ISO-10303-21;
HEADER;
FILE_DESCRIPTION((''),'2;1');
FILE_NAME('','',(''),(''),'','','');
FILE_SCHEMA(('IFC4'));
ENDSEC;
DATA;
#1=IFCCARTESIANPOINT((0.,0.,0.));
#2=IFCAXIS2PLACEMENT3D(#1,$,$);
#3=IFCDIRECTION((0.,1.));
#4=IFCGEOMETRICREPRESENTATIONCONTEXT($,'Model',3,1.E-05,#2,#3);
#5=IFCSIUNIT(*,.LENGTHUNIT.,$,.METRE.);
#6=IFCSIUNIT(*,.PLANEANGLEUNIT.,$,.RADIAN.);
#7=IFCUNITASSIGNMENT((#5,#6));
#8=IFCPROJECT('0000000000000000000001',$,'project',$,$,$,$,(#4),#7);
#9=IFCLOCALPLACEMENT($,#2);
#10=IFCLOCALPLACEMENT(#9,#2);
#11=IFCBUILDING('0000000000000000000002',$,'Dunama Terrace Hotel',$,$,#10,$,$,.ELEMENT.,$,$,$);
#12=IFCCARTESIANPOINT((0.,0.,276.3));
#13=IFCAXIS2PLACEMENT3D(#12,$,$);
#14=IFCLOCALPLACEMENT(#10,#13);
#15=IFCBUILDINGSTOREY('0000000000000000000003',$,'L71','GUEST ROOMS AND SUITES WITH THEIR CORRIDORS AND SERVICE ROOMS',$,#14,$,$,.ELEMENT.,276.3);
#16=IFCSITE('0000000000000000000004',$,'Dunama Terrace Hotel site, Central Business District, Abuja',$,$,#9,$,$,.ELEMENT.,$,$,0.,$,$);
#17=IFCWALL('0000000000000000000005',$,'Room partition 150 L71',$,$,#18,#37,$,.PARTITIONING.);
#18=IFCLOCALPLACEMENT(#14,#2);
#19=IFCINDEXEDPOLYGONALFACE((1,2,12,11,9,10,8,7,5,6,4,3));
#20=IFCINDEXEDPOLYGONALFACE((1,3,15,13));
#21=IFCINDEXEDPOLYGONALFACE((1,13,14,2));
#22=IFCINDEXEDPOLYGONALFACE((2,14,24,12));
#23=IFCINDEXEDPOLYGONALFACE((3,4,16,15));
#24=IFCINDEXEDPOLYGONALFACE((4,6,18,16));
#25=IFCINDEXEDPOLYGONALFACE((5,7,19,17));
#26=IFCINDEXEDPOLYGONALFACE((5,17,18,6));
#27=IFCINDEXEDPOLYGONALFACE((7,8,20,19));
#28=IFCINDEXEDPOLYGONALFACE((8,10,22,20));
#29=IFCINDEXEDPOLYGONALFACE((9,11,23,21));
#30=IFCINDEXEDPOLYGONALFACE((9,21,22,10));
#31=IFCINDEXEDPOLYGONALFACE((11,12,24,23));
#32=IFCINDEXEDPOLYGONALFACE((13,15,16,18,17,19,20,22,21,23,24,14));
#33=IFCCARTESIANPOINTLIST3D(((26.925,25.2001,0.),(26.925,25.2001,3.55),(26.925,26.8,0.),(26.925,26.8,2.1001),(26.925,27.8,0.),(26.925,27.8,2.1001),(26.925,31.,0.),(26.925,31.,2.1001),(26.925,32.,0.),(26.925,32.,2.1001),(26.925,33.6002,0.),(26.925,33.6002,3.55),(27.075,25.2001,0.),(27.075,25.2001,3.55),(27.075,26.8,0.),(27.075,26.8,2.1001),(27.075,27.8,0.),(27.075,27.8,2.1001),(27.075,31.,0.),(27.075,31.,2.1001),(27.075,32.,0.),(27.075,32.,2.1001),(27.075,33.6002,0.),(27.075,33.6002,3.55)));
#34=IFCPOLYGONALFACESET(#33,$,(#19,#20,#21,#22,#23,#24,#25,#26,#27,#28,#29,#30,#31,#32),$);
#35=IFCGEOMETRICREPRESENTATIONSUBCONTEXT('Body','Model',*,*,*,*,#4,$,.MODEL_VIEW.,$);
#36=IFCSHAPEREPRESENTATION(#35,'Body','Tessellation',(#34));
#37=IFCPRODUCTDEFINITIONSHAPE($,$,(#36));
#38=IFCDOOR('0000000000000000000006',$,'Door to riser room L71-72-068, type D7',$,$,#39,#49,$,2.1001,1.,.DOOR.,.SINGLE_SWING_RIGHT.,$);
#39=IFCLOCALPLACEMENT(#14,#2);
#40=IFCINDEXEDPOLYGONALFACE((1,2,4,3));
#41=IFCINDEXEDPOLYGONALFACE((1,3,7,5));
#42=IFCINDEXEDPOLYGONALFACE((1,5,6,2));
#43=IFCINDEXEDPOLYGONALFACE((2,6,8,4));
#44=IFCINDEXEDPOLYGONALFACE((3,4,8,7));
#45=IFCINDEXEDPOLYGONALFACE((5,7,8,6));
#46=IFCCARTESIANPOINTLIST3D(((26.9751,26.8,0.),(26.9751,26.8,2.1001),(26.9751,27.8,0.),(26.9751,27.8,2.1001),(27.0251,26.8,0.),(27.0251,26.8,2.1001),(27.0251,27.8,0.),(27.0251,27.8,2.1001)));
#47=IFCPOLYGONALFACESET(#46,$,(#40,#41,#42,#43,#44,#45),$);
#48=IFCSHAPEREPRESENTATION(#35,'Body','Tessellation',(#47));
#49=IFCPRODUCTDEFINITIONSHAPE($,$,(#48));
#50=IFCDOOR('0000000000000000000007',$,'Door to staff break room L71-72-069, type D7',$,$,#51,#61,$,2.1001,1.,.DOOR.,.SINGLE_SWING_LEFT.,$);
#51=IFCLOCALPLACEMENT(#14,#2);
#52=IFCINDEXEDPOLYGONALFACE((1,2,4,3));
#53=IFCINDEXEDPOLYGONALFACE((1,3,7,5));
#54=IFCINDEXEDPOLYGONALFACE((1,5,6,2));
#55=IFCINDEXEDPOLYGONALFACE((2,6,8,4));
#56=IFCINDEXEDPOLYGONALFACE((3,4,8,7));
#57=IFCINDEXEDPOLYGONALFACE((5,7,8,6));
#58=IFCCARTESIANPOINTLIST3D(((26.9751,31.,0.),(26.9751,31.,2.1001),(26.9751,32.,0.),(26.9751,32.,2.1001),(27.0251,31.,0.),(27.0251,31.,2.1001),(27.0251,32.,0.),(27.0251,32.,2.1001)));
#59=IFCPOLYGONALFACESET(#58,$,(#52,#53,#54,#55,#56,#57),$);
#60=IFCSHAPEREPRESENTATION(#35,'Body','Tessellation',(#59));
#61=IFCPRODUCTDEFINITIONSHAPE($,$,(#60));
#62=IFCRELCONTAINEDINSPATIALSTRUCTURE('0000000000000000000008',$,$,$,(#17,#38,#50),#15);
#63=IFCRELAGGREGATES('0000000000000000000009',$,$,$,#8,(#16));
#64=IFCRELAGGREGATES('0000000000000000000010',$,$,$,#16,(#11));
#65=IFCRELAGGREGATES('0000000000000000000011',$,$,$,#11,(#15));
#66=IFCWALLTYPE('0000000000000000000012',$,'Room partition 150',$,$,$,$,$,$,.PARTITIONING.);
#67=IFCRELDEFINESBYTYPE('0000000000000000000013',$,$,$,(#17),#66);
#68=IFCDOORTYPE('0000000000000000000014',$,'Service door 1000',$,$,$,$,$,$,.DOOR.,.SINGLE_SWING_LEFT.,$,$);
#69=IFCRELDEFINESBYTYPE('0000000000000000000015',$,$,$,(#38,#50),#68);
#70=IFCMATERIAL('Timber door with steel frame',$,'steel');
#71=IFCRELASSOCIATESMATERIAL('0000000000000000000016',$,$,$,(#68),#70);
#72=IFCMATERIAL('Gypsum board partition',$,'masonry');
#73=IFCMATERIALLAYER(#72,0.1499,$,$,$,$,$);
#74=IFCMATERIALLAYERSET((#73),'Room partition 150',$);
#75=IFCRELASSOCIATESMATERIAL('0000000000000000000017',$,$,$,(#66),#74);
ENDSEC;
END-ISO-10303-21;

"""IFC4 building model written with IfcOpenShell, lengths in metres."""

from ifc_helpers import new_model, si_unit, direction, frame, frame_2d, origin, place, context, subcontext, project, spatial, rectangle, extrude, material, layer, layer_set, type_object, element, fill, save


model = new_model("IFC4")

# Units and contexts
model_context = context("Model", 3, precision=1e-05, world=origin(), true_north=direction((0.0, 1.0)))
body_context = subcontext(model_context, "Body", "Model", "MODEL_VIEW")
ifc_project = project(units=[si_unit("LENGTHUNIT", "METRE"), si_unit("PLANEANGLEUNIT", "RADIAN")], contexts=[model_context])

# Site, building, storey
site_placement = place(None, origin())
site = spatial("IfcSite", under=ifc_project, at=site_placement, Name="Dunama Terrace Hotel site, Central Business District, Abuja", CompositionType="ELEMENT", RefElevation=0.0)
building_placement = place(site_placement, origin())
building = spatial("IfcBuilding", under=site, at=building_placement, Name="Dunama Terrace Hotel", CompositionType="ELEMENT")
storey_placement = place(building_placement, frame((0.0, 0.0, 276.3)))
storey = spatial("IfcBuildingStorey", under=building, at=storey_placement, Name="L71", Description="GUEST ROOMS AND SUITES WITH THEIR CORRIDORS AND SERVICE ROOMS", CompositionType="ELEMENT", Elevation=276.3)

# Shared definitions
ifc_material_1 = material(Name="Timber door with steel frame", Category="steel")
door_type_1 = type_object("IfcDoorType", Name="Service door 1000", OperationType="SINGLE_SWING_LEFT", PredefinedType="DOOR", material=ifc_material_1)

# Shared definitions
ifc_material_2 = material(Name="Gypsum board partition", Category="masonry")
ifc_layer_1 = layer(ifc_material_2, 0.1499)
ifc_layer_set_1 = layer_set([ifc_layer_1], Name="Room partition 150")
wall_type_1 = type_object("IfcWallType", Name="Room partition 150", PredefinedType="PARTITIONING", material=ifc_layer_set_1)

# Wall, openings, doors
wall_1_placement = place(storey_placement, frame((27.0, 25.2, 0.0), z_axis=(0.0, 0.0, 1.0), x_axis=(0.0, 1.0, 0.0)))
wall_1 = element("IfcWall", 1, at=wall_1_placement, inside=storey, type_object=wall_type_1, Name="Room partition 150 L71", PredefinedType="PARTITIONING", context=body_context, shape_type="SweptSolid", body=[
    extrude(rectangle(XDim=8.4001, YDim=0.1499, at=frame_2d((4.2002, 0.0))), origin(), (0.0, 0.0, 1.0), 3.55),
])
opening_1_placement = place(wall_1_placement, frame((1.6001, 0.0, 0.0)))
opening_1 = element("IfcOpeningElement", 2, at=opening_1_placement, cuts=wall_1, PredefinedType="OPENING", context=body_context, shape_type="SweptSolid", body=[
    extrude(rectangle(XDim=1.0, YDim=2.1001, at=frame_2d((0.5, 1.05))), frame((0.0, 0.085, 0.0), z_axis=(0.0, -1.0, 0.0), x_axis=(1.0, 0.0, 0.0)), (0.0, 0.0, 1.0), 0.1699),
])
opening_2_placement = place(wall_1_placement, frame((5.8, 0.0, 0.0)))
opening_2 = element("IfcOpeningElement", 3, at=opening_2_placement, cuts=wall_1, PredefinedType="OPENING", context=body_context, shape_type="SweptSolid", body=[
    extrude(rectangle(XDim=1.0, YDim=2.1001, at=frame_2d((0.5, 1.05))), frame((0.0, 0.085, 0.0), z_axis=(0.0, -1.0, 0.0), x_axis=(1.0, 0.0, 0.0)), (0.0, 0.0, 1.0), 0.1699),
])
door_1_placement = place(opening_1_placement, frame((1.0, 0.0, 0.0), z_axis=(0.0, 0.0, 1.0), x_axis=(-1.0, 0.0, 0.0)))
door_1 = element("IfcDoor", 4, at=door_1_placement, inside=storey, type_object=door_type_1, Name="Door to riser room L71-72-068, type D7", OperationType="SINGLE_SWING_RIGHT", OverallHeight=2.1001, OverallWidth=1.0, PredefinedType="DOOR", context=body_context, shape_type="SweptSolid", body=[
    extrude(rectangle(XDim=1.0, YDim=2.1001, at=frame_2d((0.5, 1.05))), frame((0.0, 0.0251, 0.0), z_axis=(0.0, -1.0, 0.0), x_axis=(1.0, 0.0, 0.0)), (0.0, 0.0, 1.0), 0.05),
])
fill(opening_1, door_1)
door_2_placement = place(opening_2_placement, frame((1.0, 0.0, 0.0), z_axis=(0.0, 0.0, 1.0), x_axis=(-1.0, 0.0, 0.0)))
door_2 = element("IfcDoor", 5, at=door_2_placement, inside=storey, type_object=door_type_1, Name="Door to staff break room L71-72-069, type D7", OperationType="SINGLE_SWING_LEFT", OverallHeight=2.1001, OverallWidth=1.0, PredefinedType="DOOR", context=body_context, shape_type="SweptSolid", body=[
    extrude(rectangle(XDim=1.0, YDim=2.1001, at=frame_2d((0.5, 1.05))), frame((0.0, 0.0251, 0.0), z_axis=(0.0, -1.0, 0.0), x_axis=(1.0, 0.0, 0.0)), (0.0, 0.0, 1.0), 0.05),
])
fill(opening_2, door_2)

save(model, "model.ifc")
